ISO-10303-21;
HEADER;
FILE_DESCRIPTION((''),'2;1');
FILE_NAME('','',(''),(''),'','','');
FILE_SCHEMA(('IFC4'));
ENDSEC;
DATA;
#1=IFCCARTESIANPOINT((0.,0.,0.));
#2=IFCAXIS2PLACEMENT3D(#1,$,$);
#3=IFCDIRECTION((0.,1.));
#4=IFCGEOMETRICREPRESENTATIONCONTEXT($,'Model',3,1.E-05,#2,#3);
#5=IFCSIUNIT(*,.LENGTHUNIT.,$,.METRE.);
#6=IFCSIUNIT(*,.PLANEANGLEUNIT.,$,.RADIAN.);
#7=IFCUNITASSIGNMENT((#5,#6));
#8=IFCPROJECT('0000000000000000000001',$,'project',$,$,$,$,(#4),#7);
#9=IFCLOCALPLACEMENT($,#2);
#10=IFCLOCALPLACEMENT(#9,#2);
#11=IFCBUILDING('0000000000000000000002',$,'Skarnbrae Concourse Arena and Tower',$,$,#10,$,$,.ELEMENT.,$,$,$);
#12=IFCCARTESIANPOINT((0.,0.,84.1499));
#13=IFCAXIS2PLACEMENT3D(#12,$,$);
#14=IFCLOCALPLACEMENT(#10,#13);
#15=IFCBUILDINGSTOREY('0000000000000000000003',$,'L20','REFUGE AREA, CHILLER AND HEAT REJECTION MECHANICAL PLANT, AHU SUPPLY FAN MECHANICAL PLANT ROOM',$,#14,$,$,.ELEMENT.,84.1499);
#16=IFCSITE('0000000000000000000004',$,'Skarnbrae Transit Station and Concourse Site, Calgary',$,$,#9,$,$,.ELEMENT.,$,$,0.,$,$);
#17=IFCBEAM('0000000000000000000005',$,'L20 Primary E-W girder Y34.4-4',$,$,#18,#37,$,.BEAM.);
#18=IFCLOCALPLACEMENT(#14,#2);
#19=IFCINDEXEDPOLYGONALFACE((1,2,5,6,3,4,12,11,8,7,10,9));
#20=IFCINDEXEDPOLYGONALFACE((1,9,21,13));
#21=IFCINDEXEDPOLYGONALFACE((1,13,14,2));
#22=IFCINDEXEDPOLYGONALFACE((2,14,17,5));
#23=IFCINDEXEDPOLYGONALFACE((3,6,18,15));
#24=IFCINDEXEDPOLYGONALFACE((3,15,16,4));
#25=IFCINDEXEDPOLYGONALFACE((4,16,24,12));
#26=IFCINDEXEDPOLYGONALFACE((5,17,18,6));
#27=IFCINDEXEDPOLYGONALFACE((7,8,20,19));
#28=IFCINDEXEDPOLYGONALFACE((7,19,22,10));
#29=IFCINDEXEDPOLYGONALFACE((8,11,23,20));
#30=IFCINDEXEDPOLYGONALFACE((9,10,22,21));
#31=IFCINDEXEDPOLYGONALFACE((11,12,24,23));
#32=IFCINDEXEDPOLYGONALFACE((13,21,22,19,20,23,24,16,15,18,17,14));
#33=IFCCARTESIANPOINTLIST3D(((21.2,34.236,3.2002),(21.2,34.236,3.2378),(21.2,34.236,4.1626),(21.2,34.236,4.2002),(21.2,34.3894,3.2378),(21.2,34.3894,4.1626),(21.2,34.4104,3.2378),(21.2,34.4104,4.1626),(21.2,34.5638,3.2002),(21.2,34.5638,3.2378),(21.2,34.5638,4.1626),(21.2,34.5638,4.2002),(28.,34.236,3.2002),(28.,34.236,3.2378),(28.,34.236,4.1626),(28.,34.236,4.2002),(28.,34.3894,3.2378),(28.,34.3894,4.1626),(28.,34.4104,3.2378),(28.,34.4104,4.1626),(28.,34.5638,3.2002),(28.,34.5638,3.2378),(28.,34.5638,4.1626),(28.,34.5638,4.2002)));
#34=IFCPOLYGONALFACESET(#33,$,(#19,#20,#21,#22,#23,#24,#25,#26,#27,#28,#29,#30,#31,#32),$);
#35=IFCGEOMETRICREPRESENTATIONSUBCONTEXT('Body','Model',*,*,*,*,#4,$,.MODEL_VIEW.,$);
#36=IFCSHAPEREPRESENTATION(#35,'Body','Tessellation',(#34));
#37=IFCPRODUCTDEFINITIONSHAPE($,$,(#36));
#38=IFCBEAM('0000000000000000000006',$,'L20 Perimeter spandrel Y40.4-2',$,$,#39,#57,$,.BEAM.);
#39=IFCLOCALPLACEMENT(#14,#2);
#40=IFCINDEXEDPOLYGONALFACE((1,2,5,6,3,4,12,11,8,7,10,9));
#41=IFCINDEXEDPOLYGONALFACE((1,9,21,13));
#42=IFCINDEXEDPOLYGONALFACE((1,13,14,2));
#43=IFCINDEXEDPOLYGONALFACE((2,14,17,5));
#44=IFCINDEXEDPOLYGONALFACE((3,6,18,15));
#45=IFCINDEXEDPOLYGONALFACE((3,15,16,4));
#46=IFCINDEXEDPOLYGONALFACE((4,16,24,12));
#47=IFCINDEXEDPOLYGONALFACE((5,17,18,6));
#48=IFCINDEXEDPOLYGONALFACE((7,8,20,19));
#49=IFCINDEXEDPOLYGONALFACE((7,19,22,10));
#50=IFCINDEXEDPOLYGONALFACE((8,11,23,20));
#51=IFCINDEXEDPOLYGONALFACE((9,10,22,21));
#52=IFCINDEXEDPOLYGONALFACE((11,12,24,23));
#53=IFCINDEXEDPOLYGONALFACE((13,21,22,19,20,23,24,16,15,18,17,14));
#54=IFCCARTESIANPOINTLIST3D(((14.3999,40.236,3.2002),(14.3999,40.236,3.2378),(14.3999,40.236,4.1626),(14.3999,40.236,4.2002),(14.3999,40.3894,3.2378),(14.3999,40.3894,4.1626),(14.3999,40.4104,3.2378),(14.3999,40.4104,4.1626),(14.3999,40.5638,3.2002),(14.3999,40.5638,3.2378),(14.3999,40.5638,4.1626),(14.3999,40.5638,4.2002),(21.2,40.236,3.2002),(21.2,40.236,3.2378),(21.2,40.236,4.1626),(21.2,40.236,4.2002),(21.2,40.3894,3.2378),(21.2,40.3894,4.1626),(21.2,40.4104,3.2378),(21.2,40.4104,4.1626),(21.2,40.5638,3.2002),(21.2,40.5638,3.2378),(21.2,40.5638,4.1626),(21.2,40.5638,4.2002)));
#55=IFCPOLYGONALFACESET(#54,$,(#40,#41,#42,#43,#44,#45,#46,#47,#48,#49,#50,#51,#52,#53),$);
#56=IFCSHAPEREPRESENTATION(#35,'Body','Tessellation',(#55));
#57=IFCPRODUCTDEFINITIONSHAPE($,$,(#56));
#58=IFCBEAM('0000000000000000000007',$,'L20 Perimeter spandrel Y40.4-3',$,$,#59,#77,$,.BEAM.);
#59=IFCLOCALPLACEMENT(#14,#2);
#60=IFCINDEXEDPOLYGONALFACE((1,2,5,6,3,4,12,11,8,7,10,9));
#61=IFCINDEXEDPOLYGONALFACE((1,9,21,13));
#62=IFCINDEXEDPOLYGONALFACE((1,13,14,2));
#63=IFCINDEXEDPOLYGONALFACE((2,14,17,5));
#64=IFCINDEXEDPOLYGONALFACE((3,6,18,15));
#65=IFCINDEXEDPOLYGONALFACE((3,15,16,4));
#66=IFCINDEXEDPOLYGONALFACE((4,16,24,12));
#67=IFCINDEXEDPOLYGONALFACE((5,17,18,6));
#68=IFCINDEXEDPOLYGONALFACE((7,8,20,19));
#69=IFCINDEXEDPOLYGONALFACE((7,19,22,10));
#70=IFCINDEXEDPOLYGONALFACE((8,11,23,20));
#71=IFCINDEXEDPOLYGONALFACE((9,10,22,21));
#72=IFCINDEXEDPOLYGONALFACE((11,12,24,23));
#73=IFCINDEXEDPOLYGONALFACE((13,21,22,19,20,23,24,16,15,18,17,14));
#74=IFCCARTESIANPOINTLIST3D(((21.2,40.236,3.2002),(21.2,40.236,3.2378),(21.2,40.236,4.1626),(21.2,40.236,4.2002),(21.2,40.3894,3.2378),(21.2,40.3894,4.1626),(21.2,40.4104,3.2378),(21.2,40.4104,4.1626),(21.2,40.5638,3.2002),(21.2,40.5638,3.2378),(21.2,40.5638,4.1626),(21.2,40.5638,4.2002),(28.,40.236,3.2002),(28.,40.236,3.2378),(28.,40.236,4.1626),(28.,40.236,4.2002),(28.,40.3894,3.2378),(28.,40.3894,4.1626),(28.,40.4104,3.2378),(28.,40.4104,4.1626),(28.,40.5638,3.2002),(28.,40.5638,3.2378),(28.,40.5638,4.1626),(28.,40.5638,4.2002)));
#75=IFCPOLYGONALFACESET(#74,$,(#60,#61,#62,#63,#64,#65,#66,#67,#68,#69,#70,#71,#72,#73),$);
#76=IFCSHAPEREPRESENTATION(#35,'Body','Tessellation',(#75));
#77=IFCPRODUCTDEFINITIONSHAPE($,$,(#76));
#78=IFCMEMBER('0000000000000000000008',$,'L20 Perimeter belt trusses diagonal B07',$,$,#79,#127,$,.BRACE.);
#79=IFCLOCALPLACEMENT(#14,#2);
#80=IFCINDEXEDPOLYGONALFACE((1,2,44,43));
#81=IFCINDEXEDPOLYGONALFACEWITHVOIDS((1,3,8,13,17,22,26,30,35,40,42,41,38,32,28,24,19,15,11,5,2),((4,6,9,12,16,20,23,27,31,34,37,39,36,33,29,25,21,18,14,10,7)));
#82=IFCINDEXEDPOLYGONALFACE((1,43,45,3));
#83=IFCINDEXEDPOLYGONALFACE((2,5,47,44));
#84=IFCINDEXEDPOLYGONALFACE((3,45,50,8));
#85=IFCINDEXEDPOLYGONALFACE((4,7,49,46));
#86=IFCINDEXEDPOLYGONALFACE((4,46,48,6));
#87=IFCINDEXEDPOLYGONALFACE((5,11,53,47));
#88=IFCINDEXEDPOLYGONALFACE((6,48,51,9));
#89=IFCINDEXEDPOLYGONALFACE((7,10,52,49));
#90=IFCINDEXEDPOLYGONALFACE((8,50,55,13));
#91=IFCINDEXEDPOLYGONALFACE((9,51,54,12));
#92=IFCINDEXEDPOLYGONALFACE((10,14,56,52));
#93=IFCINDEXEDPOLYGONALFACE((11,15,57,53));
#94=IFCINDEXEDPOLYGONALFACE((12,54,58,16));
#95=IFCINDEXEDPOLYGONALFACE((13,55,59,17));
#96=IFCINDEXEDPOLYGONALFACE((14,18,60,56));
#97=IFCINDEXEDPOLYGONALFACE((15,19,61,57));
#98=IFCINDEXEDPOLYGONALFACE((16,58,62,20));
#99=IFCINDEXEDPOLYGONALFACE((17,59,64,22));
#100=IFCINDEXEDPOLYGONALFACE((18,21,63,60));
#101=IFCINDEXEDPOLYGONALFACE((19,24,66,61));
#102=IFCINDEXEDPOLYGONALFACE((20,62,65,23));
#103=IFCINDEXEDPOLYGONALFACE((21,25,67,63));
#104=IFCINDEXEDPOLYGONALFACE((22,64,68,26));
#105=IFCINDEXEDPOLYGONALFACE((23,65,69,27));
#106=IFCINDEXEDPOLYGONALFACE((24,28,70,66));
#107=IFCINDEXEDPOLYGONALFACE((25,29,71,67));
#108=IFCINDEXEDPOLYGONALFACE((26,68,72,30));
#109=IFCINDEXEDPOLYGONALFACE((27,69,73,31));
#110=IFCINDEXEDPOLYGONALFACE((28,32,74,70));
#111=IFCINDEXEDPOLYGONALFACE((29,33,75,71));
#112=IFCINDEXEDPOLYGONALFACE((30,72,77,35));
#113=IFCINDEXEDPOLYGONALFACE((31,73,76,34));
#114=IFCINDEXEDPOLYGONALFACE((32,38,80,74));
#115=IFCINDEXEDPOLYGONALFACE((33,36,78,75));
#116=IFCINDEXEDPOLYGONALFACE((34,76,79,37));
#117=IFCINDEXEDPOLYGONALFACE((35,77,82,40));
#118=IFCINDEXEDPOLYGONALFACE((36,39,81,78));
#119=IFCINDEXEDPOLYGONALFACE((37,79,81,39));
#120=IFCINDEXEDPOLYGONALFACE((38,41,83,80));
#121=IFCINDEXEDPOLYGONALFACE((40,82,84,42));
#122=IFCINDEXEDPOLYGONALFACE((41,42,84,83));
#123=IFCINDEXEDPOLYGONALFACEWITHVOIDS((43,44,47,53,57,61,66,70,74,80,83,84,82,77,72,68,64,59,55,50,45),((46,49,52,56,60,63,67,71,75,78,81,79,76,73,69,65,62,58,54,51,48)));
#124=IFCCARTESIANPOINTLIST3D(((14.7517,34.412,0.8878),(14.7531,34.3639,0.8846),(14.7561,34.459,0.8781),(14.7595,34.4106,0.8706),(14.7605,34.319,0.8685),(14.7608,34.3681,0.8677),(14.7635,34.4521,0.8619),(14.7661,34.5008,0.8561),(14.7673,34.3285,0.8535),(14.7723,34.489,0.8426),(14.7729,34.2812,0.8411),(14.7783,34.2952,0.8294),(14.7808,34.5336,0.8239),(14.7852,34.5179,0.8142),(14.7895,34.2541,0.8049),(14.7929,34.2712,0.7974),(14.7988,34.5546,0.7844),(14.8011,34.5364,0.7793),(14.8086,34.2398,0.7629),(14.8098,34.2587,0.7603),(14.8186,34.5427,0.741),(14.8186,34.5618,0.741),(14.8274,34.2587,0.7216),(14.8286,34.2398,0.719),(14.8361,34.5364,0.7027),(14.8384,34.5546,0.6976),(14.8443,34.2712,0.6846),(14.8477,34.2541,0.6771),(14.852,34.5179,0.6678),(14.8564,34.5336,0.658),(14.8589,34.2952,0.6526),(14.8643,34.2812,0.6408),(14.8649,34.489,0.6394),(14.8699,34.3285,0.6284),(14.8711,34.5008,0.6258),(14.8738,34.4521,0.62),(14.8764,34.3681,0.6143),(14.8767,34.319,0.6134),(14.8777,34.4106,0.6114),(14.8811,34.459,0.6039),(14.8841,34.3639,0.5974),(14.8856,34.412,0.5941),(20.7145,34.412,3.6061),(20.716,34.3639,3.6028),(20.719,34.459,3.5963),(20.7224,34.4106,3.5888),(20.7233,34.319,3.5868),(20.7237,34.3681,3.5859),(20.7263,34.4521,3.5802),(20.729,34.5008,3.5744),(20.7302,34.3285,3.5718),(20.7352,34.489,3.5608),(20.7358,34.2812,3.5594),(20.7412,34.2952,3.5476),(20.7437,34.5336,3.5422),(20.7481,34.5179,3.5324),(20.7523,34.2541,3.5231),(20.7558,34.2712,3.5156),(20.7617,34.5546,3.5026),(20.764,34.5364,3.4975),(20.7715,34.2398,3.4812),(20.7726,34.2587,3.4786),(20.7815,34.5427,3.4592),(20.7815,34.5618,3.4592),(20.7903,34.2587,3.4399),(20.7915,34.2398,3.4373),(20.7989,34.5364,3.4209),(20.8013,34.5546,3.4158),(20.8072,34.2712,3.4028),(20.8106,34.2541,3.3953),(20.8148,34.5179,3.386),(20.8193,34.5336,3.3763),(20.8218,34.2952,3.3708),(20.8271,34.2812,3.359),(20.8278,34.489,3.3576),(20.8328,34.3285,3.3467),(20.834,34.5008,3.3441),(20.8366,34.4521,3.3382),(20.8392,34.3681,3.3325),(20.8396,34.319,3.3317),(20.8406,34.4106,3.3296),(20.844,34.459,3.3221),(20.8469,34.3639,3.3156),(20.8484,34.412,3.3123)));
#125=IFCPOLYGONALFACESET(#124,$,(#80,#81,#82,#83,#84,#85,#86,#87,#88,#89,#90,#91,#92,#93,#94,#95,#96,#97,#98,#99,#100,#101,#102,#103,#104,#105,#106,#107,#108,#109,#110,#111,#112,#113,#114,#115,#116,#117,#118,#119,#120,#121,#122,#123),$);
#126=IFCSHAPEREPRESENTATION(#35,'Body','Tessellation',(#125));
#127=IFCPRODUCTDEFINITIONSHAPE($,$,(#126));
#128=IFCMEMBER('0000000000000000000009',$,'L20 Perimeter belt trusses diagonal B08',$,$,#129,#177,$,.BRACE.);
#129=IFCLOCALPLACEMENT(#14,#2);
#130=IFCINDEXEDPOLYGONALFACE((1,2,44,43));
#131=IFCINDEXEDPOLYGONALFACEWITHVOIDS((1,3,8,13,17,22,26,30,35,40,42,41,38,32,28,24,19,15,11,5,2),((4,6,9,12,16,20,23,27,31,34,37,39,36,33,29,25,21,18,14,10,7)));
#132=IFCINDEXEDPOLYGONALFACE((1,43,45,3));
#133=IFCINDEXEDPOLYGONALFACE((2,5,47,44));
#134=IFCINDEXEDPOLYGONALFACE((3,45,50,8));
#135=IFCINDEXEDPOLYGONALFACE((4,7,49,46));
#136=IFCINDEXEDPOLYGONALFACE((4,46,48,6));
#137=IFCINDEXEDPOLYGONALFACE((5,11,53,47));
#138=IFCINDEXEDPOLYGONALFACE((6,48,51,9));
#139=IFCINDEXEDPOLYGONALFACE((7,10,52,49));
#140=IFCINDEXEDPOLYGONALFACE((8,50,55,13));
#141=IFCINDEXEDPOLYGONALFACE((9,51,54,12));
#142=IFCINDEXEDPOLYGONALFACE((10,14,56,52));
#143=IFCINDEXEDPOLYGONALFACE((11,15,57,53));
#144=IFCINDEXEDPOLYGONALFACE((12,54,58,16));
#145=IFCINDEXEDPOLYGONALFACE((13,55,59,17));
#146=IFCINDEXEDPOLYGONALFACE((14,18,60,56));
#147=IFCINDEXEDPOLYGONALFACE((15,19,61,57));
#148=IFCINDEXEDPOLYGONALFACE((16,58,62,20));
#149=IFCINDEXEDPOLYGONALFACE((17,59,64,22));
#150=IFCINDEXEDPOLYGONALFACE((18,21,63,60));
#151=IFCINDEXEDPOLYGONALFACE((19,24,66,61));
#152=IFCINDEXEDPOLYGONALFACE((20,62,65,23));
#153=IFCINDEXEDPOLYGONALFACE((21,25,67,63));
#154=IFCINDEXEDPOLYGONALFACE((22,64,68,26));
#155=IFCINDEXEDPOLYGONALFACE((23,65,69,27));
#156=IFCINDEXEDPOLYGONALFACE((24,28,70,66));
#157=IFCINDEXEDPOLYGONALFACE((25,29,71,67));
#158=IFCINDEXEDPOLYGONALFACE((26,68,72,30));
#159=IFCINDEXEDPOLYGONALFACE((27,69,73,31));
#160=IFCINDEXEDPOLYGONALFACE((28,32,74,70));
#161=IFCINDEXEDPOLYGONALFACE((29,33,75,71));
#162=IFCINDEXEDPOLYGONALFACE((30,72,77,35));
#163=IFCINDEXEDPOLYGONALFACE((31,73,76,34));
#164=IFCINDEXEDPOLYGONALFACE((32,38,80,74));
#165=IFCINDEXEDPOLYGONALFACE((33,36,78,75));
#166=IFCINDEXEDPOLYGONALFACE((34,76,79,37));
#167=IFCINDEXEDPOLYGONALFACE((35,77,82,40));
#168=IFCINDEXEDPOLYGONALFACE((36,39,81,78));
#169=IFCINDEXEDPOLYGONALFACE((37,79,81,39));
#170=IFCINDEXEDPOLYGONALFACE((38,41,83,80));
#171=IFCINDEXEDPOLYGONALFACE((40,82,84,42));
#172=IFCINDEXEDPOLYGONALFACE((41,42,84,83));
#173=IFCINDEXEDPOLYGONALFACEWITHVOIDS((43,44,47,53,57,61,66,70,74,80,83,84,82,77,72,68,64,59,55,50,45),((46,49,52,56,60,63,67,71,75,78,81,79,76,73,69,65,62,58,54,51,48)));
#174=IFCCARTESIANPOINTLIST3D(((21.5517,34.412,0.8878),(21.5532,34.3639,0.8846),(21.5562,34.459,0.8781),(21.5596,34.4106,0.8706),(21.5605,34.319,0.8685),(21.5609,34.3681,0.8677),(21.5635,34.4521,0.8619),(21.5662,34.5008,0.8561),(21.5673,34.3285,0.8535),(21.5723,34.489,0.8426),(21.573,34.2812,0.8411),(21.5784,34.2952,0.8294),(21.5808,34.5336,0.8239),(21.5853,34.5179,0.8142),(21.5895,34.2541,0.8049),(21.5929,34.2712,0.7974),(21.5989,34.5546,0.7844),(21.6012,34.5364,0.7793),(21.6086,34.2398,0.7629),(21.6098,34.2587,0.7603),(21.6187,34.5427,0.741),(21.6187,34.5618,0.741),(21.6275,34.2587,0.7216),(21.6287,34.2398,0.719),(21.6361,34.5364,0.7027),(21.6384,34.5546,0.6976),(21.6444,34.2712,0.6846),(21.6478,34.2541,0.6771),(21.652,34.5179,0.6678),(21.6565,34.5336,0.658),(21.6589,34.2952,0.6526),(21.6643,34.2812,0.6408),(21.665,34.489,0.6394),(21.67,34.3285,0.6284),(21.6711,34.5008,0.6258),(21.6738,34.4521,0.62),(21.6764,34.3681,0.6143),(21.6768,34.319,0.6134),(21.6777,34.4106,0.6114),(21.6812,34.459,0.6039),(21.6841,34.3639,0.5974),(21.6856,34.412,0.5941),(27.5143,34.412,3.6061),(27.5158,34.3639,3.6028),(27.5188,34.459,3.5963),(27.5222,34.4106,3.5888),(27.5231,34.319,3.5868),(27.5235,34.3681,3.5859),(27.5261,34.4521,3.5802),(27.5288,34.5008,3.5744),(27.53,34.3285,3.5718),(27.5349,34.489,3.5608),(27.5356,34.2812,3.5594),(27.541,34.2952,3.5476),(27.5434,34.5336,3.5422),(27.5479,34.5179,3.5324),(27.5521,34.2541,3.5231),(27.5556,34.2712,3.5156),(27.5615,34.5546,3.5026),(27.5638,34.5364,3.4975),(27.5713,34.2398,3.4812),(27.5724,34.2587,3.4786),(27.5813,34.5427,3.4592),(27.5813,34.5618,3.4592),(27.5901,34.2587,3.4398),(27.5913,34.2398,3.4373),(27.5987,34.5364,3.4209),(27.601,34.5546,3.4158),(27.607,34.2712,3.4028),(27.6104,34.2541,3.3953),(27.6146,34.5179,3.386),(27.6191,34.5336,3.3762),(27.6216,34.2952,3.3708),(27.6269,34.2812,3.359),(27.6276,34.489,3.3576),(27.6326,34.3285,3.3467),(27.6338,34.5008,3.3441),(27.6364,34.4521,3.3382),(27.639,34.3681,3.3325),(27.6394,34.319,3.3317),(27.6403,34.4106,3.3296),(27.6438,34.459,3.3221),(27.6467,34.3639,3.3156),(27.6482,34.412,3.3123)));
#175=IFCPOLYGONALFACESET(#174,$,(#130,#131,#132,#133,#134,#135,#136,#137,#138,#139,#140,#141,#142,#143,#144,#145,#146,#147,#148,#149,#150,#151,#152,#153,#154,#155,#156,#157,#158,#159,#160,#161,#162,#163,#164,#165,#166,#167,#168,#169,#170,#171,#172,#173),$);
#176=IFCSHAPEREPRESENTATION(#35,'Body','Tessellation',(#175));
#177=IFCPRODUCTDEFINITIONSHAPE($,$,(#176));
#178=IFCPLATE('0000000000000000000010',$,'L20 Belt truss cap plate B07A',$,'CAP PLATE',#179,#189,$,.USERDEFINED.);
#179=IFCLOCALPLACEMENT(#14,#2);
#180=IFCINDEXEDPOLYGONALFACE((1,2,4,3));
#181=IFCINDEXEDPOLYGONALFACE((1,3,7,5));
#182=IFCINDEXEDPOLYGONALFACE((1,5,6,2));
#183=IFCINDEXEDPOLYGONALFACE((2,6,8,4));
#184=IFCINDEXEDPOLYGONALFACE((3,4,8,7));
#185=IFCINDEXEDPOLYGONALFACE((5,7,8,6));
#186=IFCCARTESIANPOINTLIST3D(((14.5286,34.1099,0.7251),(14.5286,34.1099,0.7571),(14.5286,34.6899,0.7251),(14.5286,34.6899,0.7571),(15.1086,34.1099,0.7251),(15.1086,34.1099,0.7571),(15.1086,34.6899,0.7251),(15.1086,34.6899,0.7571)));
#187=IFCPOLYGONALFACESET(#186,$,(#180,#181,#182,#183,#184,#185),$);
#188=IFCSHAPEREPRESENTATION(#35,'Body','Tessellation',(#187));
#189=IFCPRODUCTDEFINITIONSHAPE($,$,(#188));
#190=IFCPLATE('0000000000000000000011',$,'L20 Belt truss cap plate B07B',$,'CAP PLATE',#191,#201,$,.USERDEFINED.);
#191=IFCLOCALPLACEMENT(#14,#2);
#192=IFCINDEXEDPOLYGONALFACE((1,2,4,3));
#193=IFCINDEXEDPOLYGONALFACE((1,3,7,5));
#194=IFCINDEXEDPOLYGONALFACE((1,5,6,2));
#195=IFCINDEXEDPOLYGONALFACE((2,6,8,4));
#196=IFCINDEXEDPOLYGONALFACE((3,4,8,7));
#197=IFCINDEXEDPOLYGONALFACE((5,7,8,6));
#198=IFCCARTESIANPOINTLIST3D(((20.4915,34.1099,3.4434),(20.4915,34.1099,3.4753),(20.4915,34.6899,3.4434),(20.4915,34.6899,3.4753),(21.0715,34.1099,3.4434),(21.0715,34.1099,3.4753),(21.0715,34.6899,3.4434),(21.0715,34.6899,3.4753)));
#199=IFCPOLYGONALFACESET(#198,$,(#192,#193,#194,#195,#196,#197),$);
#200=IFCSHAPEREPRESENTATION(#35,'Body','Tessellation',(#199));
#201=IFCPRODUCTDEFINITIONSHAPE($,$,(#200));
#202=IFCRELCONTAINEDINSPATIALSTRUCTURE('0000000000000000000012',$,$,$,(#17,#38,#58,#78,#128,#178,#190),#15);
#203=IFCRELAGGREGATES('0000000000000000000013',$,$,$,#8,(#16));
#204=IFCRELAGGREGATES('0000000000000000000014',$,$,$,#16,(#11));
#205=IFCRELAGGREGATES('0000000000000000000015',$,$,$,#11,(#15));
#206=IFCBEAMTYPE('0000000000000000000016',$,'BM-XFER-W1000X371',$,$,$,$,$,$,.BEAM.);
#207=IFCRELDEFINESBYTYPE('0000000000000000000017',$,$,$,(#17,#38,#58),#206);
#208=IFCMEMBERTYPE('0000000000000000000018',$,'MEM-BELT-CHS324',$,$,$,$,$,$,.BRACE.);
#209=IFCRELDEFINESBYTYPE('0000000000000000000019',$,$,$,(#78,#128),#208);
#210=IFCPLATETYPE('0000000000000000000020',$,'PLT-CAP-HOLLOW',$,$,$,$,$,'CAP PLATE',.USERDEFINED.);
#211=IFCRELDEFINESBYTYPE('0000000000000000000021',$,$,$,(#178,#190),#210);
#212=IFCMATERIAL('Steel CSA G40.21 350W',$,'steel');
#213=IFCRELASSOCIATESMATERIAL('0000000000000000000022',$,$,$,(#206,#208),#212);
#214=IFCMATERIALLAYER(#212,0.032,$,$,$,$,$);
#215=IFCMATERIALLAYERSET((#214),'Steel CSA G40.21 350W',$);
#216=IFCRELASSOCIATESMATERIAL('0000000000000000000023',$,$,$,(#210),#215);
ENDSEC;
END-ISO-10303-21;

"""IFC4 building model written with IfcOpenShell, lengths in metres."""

from ifc_helpers import new_model, si_unit, direction, frame, origin, origin_2d, place, context, subcontext, project, spatial, rectangle, hollow_circle, i_section, extrude, source, transform, mapped, material, layer, layer_set, material_profile, profile_set, type_object, element, save


model = new_model("IFC4")

# Units and contexts
model_context = context("Model", 3, precision=1e-05, world=origin(), true_north=direction((0.0, 1.0)))
body_context = subcontext(model_context, "Body", "Model", "MODEL_VIEW")
ifc_project = project(units=[si_unit("LENGTHUNIT", "METRE"), si_unit("PLANEANGLEUNIT", "RADIAN")], contexts=[model_context])

# Site, building, storey
site_placement = place(None, origin())
site = spatial("IfcSite", under=ifc_project, at=site_placement, Name="Skarnbrae Transit Station and Concourse Site, Calgary", CompositionType="ELEMENT", RefElevation=0.0)
building_placement = place(site_placement, origin())
building = spatial("IfcBuilding", under=site, at=building_placement, Name="Skarnbrae Concourse Arena and Tower", CompositionType="ELEMENT")
storey_placement = place(building_placement, frame((0.0, 0.0, 84.1499)))
storey = spatial("IfcBuildingStorey", under=building, at=storey_placement, Name="L20", Description="REFUGE AREA, CHILLER AND HEAT REJECTION MECHANICAL PLANT, AHU SUPPLY FAN MECHANICAL PLANT ROOM", CompositionType="ELEMENT", Elevation=84.1499)

# Shared definitions
ifc_material_1 = material(Name="Steel CSA G40.21 350W", Category="steel")

# Beams
ifc_material_profile_1 = material_profile(ifc_material_1, i_section(OverallWidth=0.3279, OverallDepth=1.0, WebThickness=0.021, FlangeThickness=0.0376, at=origin_2d()), Name="W1000X371")
ifc_profile_set_1 = profile_set([ifc_material_profile_1], Name="Steel CSA G40.21 350W")
beam_type_1 = type_object("IfcBeamType", Name="BM-XFER-W1000X371", PredefinedType="BEAM", material=ifc_profile_set_1)
shared_shape_1 = source(origin(), body_context, "Body", "SweptSolid", [
    extrude(i_section(OverallWidth=0.3279, OverallDepth=1.0, WebThickness=0.021, FlangeThickness=0.0376, at=origin_2d()), origin(), (0.0, 0.0, 1.0), 6.8),
])
for number, where, z_axis, x_axis, name in (
    (1, (21.2, 34.3999, 3.7002), (1.0, 0.0, 0.0), (0.0, 1.0, 0.0), "L20 Primary E-W girder Y34.4-4"),
    (2, (14.3999, 40.3999, 3.7002), (1.0, 0.0, 0.0), (0.0, 1.0, 0.0), "L20 Perimeter spandrel Y40.4-2"),
    (3, (21.2, 40.3999, 3.7002), (1.0, 0.0, 0.0), (0.0, 1.0, 0.0), "L20 Perimeter spandrel Y40.4-3"),
):
    element("IfcBeam", number, at=place(storey_placement, frame(where, z_axis=z_axis, x_axis=x_axis)), inside=storey, type_object=beam_type_1, Name=name, PredefinedType="BEAM", context=body_context, shape_type="MappedRepresentation", body=[
        mapped(shared_shape_1, transform((0.0, 0.0, 0.0))),
    ])

# Members
ifc_material_profile_2 = material_profile(ifc_material_1, hollow_circle(Radius=0.1619, WallThickness=0.019, at=origin_2d()), Name="HSS324X19.0")
ifc_profile_set_2 = profile_set([ifc_material_profile_2], Name="Steel CSA G40.21 350W")
member_type = type_object("IfcMemberType", Name="MEM-BELT-CHS324", PredefinedType="BRACE", material=ifc_profile_set_2)
shared_shape_2 = source(origin(), body_context, "Body", "SweptSolid", [
    extrude(hollow_circle(Radius=0.1619, WallThickness=0.019, at=origin_2d()), origin(), (0.0, 0.0, 1.0), 6.5532),
])
member_1_placement = place(storey_placement, frame((14.8186, 34.3999, 0.741), z_axis=(0.909914, 0.0, 0.414796), x_axis=(0.0, 1.0, 0.0)))
element("IfcMember", 4, at=member_1_placement, inside=storey, type_object=member_type, Name="L20 Perimeter belt trusses diagonal B07", PredefinedType="BRACE", context=body_context, shape_type="MappedRepresentation", body=[
    mapped(shared_shape_2, transform((0.0, 0.0, 0.0))),
])
shared_shape_3 = source(origin(), body_context, "Body", "SweptSolid", [
    extrude(hollow_circle(Radius=0.1619, WallThickness=0.019, at=origin_2d()), origin(), (0.0, 0.0, 1.0), 6.553),
])
member_2_placement = place(storey_placement, frame((21.6187, 34.3999, 0.741), z_axis=(0.909908, 0.0, 0.41481), x_axis=(0.0, 1.0, 0.0)))
element("IfcMember", 5, at=member_2_placement, inside=storey, type_object=member_type, Name="L20 Perimeter belt trusses diagonal B08", PredefinedType="BRACE", context=body_context, shape_type="MappedRepresentation", body=[
    mapped(shared_shape_3, transform((0.0, 0.0, 0.0))),
])

# Plates
ifc_layer_1 = layer(ifc_material_1, 0.032)
ifc_layer_set_1 = layer_set([ifc_layer_1], Name="Steel CSA G40.21 350W")
plate_type_1 = type_object("IfcPlateType", Name="PLT-CAP-HOLLOW", ElementType="CAP PLATE", PredefinedType="USERDEFINED", material=ifc_layer_set_1)
shared_shape_4 = source(origin(), body_context, "Body", "SweptSolid", [
    extrude(rectangle(XDim=0.5801, YDim=0.5801, at=origin_2d()), origin(), (0.0, 0.0, 1.0), 0.032),
])
for number, where, z_axis, x_axis, name in (
    (6, (14.8186, 34.3999, 0.7251), (0.0, 0.0, 1.0), (1.0, 0.0, 0.0), "L20 Belt truss cap plate B07A"),
    (7, (20.7815, 34.3999, 3.4434), (0.0, 0.0, 1.0), (1.0, 0.0, 0.0), "L20 Belt truss cap plate B07B"),
):
    element("IfcPlate", number, at=place(storey_placement, frame(where, z_axis=z_axis, x_axis=x_axis)), inside=storey, type_object=plate_type_1, Name=name, ObjectType="CAP PLATE", PredefinedType="USERDEFINED", context=body_context, shape_type="MappedRepresentation", body=[
        mapped(shared_shape_4, transform((0.0, 0.0, 0.0))),
    ])

save(model, "model.ifc")
